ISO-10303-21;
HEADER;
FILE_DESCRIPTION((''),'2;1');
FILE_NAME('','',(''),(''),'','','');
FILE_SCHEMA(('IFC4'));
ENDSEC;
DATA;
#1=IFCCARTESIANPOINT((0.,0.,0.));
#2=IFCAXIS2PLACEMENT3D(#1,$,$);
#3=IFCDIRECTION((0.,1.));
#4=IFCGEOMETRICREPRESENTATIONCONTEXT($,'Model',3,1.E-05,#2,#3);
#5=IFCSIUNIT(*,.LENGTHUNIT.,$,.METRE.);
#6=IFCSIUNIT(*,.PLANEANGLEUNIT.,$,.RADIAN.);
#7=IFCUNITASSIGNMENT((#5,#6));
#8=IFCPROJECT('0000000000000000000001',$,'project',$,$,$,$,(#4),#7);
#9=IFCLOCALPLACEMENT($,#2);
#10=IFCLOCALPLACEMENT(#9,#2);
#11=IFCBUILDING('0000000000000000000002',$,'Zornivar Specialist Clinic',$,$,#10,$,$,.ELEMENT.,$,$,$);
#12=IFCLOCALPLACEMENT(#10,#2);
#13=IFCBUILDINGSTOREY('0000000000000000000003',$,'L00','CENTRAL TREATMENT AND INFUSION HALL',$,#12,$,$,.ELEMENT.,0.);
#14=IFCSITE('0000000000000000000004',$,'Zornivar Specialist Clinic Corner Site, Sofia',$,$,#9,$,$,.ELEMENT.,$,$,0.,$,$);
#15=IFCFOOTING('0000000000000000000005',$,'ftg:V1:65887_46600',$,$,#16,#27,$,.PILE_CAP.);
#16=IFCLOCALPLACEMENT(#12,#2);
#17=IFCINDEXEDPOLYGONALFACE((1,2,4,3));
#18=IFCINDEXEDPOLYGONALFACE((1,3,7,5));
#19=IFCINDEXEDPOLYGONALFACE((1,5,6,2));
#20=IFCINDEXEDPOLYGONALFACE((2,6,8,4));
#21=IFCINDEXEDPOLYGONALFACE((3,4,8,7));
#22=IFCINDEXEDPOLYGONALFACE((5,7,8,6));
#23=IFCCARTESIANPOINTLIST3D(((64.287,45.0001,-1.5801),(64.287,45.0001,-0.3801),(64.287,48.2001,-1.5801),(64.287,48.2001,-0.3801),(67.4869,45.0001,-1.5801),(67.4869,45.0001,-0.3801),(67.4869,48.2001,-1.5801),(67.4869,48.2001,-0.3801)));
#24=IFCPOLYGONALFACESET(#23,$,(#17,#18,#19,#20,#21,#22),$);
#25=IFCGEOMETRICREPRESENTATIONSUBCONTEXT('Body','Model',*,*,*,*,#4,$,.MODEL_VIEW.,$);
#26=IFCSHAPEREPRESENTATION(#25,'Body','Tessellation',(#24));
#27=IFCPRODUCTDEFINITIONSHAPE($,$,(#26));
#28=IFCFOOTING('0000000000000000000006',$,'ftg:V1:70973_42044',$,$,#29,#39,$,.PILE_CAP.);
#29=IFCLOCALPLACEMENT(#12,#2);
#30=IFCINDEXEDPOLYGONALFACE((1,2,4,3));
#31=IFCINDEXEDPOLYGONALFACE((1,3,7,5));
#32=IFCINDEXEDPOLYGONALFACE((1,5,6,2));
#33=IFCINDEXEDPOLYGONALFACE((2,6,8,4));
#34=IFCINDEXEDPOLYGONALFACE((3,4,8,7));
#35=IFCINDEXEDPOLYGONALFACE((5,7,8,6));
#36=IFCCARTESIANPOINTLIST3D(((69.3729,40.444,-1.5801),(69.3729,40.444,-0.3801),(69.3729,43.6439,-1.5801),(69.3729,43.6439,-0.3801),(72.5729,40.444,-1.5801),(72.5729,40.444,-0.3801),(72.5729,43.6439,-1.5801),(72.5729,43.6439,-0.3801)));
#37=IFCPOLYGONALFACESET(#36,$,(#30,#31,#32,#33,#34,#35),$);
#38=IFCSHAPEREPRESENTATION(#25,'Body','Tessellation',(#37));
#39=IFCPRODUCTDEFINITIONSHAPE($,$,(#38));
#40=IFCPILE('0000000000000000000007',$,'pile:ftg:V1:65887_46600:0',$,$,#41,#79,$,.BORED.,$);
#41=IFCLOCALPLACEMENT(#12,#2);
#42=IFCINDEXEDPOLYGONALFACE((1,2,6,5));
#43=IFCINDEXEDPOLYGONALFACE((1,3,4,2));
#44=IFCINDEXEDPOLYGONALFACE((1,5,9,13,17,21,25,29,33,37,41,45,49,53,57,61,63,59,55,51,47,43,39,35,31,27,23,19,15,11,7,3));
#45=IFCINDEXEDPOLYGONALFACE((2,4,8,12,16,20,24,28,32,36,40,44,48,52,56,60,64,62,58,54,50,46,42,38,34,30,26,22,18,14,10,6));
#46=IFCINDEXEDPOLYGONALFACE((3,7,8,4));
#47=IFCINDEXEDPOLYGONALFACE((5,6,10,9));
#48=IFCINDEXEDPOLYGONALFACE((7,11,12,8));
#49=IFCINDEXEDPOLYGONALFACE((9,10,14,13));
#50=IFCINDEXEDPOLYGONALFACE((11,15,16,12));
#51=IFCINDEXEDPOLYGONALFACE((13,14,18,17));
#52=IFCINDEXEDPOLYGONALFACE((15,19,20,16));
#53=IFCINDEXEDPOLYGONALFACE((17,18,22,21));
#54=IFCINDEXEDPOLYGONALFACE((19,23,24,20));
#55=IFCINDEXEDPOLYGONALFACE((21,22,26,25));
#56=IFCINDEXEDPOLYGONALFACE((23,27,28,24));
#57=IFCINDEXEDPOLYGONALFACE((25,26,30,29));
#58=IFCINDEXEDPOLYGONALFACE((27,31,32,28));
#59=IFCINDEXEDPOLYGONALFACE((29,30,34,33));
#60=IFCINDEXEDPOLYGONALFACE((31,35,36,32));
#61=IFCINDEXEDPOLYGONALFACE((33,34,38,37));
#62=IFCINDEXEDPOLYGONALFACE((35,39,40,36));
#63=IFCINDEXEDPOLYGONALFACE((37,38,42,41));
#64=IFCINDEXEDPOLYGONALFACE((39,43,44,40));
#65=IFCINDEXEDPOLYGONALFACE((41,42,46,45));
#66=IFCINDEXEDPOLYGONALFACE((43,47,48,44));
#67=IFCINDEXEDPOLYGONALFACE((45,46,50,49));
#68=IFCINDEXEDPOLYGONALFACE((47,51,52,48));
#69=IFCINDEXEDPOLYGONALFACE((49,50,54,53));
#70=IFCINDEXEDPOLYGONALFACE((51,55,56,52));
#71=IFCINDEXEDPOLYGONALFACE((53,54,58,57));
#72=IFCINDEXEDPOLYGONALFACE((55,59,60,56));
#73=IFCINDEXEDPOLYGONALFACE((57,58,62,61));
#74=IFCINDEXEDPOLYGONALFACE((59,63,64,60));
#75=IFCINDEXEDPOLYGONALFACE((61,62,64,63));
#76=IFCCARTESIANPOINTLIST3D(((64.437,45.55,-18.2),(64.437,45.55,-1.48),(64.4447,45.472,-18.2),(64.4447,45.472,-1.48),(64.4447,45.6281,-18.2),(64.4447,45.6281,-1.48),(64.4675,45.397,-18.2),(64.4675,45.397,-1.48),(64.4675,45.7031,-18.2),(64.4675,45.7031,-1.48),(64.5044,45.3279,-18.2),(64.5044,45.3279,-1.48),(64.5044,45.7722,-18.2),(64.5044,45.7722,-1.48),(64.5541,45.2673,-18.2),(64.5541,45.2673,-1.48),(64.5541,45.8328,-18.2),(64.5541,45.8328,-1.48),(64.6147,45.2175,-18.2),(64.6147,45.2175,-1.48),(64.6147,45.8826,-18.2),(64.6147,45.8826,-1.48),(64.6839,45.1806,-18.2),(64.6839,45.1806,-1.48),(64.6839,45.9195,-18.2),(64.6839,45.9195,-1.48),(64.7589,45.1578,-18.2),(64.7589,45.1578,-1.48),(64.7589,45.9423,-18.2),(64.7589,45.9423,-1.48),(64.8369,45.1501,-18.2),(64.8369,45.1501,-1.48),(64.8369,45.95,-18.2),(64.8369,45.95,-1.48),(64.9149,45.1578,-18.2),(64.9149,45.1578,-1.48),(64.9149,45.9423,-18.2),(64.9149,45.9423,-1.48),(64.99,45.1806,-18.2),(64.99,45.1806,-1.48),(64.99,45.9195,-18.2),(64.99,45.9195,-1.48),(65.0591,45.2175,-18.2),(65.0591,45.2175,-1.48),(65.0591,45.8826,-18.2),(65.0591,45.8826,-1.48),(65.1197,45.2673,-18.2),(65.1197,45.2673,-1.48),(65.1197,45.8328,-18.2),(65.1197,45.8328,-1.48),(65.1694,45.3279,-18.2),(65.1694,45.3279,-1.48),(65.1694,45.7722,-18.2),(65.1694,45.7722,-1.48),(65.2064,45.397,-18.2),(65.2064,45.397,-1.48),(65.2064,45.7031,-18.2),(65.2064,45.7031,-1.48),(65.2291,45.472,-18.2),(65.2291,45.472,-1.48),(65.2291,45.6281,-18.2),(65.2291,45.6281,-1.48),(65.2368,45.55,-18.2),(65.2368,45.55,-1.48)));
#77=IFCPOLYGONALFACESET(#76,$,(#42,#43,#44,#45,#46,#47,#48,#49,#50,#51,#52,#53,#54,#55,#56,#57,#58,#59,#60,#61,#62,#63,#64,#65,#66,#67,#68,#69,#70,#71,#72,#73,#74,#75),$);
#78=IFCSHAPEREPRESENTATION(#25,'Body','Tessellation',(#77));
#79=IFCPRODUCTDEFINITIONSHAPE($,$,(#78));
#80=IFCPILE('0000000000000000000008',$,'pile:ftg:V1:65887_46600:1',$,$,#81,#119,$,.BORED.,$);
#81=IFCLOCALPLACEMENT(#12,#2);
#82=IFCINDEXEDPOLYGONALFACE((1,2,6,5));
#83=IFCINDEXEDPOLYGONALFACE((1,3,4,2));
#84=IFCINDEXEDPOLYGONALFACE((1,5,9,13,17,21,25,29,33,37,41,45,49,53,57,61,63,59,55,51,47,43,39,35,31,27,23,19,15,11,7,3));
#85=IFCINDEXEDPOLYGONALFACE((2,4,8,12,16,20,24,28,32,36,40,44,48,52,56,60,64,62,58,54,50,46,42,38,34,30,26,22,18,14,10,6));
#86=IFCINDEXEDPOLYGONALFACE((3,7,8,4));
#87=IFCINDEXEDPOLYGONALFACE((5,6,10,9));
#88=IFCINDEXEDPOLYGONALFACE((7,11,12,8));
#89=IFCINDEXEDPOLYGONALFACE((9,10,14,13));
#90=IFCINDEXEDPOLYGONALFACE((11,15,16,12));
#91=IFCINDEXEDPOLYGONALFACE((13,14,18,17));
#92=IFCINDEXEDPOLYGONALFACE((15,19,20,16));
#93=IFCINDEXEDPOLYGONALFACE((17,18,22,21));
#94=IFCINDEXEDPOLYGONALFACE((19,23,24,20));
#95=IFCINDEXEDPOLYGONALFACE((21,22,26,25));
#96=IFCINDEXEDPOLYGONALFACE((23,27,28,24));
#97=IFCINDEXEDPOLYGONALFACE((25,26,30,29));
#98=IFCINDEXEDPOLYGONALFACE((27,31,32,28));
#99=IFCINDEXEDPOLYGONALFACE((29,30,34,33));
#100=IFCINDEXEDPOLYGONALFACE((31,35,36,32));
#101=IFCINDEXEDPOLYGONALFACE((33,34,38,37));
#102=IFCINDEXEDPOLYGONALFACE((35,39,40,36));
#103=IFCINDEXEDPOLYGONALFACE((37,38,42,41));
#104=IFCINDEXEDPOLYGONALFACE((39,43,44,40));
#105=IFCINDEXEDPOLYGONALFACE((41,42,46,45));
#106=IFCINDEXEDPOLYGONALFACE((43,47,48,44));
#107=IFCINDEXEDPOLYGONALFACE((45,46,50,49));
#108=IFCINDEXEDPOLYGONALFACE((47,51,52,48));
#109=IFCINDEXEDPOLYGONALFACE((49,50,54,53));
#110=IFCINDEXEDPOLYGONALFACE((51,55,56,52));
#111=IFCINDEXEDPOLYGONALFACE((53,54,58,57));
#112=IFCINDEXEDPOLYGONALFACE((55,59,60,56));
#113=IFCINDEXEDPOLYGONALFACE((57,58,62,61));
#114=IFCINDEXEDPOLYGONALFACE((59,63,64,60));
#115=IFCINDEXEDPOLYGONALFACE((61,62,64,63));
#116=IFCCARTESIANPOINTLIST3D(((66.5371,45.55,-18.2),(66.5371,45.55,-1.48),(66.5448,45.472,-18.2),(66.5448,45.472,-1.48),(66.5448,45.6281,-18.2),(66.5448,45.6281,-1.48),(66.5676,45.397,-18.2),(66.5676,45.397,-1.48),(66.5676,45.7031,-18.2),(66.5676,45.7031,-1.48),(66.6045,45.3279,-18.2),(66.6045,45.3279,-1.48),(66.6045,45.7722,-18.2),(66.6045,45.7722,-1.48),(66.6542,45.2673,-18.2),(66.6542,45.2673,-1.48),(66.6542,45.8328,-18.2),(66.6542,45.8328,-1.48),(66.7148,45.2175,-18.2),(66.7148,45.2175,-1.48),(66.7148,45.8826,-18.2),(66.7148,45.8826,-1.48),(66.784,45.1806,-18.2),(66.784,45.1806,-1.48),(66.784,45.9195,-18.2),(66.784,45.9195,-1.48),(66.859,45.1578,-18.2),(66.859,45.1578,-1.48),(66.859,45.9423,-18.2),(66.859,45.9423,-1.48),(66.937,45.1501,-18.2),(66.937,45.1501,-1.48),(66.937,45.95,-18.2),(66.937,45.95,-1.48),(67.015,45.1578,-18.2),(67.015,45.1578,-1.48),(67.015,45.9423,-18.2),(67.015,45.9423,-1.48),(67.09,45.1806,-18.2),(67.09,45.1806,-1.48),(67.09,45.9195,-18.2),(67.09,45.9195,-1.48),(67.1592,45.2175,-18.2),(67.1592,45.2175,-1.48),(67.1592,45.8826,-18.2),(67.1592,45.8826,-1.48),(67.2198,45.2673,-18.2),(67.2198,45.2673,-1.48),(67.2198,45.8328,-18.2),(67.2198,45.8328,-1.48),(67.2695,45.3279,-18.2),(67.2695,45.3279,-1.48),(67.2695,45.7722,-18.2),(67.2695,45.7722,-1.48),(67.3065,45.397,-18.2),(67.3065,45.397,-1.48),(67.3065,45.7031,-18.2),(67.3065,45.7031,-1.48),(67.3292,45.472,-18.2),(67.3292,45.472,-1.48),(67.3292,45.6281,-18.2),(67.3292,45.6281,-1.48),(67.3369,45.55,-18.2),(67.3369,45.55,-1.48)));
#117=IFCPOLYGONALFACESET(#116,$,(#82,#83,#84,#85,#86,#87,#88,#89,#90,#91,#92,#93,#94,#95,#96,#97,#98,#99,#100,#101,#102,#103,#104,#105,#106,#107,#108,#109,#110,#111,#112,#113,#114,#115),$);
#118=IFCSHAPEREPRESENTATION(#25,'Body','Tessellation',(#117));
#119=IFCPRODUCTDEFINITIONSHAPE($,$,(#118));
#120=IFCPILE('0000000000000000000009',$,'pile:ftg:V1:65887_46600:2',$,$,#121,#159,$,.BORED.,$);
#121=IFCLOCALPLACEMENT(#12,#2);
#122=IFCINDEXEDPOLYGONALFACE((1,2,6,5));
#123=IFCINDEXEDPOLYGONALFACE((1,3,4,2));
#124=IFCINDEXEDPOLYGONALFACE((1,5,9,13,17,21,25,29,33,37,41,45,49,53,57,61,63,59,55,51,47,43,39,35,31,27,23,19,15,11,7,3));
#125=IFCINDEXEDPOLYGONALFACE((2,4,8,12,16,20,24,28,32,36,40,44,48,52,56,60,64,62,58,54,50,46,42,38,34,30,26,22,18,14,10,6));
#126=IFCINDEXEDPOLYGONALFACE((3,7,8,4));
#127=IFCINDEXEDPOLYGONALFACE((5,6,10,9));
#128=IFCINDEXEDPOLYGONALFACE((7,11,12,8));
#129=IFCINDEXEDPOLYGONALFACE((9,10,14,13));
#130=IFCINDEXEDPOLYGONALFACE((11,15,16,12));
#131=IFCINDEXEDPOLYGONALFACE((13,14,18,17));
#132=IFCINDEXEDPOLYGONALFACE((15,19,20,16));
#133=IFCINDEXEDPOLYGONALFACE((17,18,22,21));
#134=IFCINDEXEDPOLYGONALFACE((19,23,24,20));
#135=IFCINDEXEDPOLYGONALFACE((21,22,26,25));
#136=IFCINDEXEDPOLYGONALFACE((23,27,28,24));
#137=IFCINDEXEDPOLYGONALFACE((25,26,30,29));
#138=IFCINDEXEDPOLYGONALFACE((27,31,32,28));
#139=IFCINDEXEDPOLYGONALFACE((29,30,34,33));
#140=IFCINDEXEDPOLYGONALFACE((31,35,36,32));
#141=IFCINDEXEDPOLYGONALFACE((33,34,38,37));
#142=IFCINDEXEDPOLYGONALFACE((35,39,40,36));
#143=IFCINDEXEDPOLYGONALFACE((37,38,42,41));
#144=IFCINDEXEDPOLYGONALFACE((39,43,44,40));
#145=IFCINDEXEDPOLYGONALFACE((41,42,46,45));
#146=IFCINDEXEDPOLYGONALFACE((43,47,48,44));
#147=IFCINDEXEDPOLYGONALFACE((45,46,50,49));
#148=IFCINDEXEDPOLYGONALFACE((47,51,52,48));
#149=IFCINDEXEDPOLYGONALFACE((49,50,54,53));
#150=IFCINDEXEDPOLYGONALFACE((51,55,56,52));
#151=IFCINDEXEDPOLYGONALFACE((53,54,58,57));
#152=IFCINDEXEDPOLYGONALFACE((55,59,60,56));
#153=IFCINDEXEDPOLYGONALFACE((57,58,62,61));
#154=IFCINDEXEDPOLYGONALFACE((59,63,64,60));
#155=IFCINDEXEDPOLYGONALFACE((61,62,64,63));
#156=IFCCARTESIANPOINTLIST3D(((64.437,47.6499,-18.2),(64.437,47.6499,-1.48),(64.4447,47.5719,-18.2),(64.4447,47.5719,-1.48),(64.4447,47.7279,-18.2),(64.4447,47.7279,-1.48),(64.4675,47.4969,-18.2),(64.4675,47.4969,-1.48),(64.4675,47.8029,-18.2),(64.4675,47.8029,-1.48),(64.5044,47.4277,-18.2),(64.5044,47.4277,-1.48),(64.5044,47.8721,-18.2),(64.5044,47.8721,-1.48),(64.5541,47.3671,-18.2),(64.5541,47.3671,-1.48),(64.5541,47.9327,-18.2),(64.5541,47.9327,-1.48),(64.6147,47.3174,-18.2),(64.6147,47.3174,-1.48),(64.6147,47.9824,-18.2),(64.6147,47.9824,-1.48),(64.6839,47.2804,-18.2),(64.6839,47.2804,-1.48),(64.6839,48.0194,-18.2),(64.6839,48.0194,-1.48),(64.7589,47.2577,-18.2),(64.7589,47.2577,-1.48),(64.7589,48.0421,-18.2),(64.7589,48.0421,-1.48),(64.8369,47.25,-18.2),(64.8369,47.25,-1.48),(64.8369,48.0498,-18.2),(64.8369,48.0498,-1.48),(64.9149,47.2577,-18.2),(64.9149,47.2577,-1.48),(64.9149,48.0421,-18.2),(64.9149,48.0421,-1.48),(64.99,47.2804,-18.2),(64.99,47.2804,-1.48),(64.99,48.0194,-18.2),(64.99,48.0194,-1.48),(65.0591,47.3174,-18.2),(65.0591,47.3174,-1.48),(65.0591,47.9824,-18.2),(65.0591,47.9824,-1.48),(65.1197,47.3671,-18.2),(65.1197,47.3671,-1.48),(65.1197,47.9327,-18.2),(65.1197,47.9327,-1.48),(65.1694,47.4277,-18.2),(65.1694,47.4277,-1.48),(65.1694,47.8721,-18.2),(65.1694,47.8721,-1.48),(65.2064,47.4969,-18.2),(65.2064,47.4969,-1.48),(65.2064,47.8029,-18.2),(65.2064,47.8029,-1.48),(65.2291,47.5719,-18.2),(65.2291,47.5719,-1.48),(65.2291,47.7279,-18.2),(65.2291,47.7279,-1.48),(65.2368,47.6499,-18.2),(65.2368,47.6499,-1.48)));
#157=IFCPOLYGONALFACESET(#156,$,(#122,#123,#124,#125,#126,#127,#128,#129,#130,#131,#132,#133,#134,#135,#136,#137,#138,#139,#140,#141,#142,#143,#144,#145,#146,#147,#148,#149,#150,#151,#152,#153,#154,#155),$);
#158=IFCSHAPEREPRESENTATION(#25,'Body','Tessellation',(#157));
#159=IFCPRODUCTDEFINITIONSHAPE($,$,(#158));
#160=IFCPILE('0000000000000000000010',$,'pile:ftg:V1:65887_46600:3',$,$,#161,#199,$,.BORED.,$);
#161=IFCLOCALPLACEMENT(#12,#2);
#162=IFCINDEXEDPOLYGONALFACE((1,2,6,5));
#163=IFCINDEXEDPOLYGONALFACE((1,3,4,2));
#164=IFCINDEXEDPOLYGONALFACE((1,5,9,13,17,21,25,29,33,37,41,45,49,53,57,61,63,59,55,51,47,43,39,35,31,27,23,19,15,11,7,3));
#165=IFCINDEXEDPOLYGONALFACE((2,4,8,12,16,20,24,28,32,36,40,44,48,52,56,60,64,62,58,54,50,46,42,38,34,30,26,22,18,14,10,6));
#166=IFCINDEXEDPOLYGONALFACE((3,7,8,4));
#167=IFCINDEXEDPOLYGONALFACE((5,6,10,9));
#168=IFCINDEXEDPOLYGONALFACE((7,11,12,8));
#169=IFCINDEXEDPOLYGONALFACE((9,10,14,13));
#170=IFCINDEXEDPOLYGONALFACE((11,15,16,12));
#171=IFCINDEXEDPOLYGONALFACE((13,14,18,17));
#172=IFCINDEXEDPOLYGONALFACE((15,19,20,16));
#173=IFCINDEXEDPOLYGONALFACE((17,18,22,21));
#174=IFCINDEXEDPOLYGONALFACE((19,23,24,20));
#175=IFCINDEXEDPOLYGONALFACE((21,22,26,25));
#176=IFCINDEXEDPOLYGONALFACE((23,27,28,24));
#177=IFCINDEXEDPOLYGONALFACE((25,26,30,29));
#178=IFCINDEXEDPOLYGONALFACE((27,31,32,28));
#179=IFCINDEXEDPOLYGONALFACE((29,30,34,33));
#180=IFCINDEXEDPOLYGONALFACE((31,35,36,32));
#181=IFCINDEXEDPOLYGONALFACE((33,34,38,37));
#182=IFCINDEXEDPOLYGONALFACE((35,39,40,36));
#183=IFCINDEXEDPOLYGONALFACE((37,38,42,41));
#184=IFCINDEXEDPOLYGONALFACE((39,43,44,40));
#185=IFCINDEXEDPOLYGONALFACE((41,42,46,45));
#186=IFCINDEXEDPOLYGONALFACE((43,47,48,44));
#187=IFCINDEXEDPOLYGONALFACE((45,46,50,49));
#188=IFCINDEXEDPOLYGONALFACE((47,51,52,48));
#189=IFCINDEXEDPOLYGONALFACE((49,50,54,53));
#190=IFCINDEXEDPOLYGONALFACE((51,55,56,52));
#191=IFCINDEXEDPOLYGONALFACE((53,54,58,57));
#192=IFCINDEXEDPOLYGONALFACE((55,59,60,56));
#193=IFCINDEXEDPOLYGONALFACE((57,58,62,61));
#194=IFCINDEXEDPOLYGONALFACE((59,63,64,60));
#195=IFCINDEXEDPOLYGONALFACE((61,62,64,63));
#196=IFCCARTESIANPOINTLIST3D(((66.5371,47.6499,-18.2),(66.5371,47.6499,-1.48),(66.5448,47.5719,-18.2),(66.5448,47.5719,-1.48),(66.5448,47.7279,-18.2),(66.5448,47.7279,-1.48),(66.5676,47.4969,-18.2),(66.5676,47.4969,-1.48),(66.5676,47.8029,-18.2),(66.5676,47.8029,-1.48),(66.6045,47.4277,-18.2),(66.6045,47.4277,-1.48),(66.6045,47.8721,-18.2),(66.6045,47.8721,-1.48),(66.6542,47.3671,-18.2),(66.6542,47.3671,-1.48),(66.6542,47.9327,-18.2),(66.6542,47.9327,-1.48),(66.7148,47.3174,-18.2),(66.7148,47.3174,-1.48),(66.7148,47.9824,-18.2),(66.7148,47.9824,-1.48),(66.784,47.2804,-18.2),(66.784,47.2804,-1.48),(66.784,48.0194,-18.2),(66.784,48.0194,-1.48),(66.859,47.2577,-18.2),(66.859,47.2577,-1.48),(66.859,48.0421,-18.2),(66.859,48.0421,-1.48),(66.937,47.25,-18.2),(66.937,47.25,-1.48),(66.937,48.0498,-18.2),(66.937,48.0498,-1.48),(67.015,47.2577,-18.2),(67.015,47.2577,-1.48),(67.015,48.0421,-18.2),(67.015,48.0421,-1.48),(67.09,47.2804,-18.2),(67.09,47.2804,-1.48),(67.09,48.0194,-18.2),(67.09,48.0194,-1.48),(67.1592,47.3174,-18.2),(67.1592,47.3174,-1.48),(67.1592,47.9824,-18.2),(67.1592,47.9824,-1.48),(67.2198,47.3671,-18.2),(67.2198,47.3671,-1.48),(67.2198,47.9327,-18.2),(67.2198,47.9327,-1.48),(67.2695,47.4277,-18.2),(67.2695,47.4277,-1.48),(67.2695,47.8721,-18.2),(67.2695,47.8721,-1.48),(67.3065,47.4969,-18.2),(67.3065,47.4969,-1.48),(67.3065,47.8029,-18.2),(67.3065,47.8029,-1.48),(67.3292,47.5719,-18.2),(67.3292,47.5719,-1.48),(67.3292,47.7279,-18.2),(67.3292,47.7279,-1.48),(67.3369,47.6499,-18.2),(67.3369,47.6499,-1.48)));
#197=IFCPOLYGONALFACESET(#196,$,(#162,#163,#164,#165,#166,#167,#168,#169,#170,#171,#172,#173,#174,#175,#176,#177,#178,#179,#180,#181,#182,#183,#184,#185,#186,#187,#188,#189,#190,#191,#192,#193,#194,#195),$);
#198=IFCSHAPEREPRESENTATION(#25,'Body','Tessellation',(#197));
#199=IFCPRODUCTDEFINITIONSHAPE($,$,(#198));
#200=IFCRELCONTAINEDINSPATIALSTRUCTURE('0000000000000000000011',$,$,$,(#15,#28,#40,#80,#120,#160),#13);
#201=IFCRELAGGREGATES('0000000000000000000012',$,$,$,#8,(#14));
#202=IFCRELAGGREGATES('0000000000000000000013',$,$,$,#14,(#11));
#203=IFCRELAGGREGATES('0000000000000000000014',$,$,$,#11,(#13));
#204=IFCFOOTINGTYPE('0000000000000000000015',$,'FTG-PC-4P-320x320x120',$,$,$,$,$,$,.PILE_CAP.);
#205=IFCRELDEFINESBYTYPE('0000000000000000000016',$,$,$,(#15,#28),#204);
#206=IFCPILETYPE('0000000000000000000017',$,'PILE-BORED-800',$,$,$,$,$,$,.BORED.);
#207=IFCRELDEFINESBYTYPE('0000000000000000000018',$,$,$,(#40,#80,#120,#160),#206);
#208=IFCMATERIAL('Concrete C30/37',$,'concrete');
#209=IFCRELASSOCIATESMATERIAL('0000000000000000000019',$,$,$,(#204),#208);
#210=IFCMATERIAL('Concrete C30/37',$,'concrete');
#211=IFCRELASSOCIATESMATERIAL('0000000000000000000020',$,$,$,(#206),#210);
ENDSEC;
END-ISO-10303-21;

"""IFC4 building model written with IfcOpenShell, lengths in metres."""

from ifc_helpers import new_model, si_unit, direction, frame, origin, origin_2d, place, context, subcontext, project, spatial, rectangle, circle, extrude, material, material_profile, profile_set, type_object, element, save


model = new_model("IFC4")

# Units and contexts
model_context = context("Model", 3, precision=1e-05, world=origin(), true_north=direction((0.0, 1.0)))
body_context = subcontext(model_context, "Body", "Model", "MODEL_VIEW")
ifc_project = project(units=[si_unit("LENGTHUNIT", "METRE"), si_unit("PLANEANGLEUNIT", "RADIAN")], contexts=[model_context])

# Site, building, storey
site_placement = place(None, origin())
site = spatial("IfcSite", under=ifc_project, at=site_placement, Name="Zornivar Specialist Clinic Corner Site, Sofia", CompositionType="ELEMENT", RefElevation=0.0)
building_placement = place(site_placement, origin())
building = spatial("IfcBuilding", under=site, at=building_placement, Name="Zornivar Specialist Clinic", CompositionType="ELEMENT")
storey_placement = place(building_placement, origin())
storey = spatial("IfcBuildingStorey", under=building, at=storey_placement, Name="L00", Description="CENTRAL TREATMENT AND INFUSION HALL", CompositionType="ELEMENT", Elevation=0.0)

# Footings
ifc_material_1 = material(Name="Concrete C30/37", Category="concrete")
footing_type = type_object("IfcFootingType", Name="FTG-PC-4P-320x320x120", PredefinedType="PILE_CAP", material=ifc_material_1)
for number, where, z_axis, x_axis, name in (
    (1, (65.887, 46.6001, -1.5801), (0.0, 0.0, 1.0), (1.0, 0.0, 0.0), "ftg:V1:65887_46600"),
    (2, (70.9729, 42.0439, -1.5801), (0.0, 0.0, 1.0), (1.0, 0.0, 0.0), "ftg:V1:70973_42044"),
):
    element("IfcFooting", number, at=place(storey_placement, frame(where, z_axis=z_axis, x_axis=x_axis)), inside=storey, type_object=footing_type, Name=name, PredefinedType="PILE_CAP", context=body_context, shape_type="SweptSolid", body=[
        extrude(rectangle(XDim=3.2, YDim=3.2, at=origin_2d()), origin(), (0.0, 0.0, 1.0), 1.2),
    ])

# Piles
ifc_material_2 = material(Name="Concrete C30/37", Category="concrete")
ifc_material_profile_1 = material_profile(ifc_material_2, circle(Radius=0.3999, at=origin_2d()), Name="PILE D800")
ifc_profile_set_1 = profile_set([ifc_material_profile_1], Name="Concrete C30/37")
pile_type = type_object("IfcPileType", Name="PILE-BORED-800", PredefinedType="BORED", material=ifc_profile_set_1)
for number, where, z_axis, x_axis, name in (
    (3, (64.8369, 45.55, -1.48), (0.0, 0.0, -1.0), (1.0, 0.0, 0.0), "pile:ftg:V1:65887_46600:0"),
    (4, (66.937, 45.55, -1.48), (0.0, 0.0, -1.0), (1.0, 0.0, 0.0), "pile:ftg:V1:65887_46600:1"),
    (5, (64.8369, 47.6499, -1.48), (0.0, 0.0, -1.0), (1.0, 0.0, 0.0), "pile:ftg:V1:65887_46600:2"),
    (6, (66.937, 47.6499, -1.48), (0.0, 0.0, -1.0), (1.0, 0.0, 0.0), "pile:ftg:V1:65887_46600:3"),
):
    element("IfcPile", number, at=place(storey_placement, frame(where, z_axis=z_axis, x_axis=x_axis)), inside=storey, type_object=pile_type, Name=name, PredefinedType="BORED", context=body_context, shape_type="SweptSolid", body=[
        extrude(circle(Radius=0.3999, at=origin_2d()), origin(), (0.0, 0.0, 1.0), 16.72),
    ])

save(model, "model.ifc")
